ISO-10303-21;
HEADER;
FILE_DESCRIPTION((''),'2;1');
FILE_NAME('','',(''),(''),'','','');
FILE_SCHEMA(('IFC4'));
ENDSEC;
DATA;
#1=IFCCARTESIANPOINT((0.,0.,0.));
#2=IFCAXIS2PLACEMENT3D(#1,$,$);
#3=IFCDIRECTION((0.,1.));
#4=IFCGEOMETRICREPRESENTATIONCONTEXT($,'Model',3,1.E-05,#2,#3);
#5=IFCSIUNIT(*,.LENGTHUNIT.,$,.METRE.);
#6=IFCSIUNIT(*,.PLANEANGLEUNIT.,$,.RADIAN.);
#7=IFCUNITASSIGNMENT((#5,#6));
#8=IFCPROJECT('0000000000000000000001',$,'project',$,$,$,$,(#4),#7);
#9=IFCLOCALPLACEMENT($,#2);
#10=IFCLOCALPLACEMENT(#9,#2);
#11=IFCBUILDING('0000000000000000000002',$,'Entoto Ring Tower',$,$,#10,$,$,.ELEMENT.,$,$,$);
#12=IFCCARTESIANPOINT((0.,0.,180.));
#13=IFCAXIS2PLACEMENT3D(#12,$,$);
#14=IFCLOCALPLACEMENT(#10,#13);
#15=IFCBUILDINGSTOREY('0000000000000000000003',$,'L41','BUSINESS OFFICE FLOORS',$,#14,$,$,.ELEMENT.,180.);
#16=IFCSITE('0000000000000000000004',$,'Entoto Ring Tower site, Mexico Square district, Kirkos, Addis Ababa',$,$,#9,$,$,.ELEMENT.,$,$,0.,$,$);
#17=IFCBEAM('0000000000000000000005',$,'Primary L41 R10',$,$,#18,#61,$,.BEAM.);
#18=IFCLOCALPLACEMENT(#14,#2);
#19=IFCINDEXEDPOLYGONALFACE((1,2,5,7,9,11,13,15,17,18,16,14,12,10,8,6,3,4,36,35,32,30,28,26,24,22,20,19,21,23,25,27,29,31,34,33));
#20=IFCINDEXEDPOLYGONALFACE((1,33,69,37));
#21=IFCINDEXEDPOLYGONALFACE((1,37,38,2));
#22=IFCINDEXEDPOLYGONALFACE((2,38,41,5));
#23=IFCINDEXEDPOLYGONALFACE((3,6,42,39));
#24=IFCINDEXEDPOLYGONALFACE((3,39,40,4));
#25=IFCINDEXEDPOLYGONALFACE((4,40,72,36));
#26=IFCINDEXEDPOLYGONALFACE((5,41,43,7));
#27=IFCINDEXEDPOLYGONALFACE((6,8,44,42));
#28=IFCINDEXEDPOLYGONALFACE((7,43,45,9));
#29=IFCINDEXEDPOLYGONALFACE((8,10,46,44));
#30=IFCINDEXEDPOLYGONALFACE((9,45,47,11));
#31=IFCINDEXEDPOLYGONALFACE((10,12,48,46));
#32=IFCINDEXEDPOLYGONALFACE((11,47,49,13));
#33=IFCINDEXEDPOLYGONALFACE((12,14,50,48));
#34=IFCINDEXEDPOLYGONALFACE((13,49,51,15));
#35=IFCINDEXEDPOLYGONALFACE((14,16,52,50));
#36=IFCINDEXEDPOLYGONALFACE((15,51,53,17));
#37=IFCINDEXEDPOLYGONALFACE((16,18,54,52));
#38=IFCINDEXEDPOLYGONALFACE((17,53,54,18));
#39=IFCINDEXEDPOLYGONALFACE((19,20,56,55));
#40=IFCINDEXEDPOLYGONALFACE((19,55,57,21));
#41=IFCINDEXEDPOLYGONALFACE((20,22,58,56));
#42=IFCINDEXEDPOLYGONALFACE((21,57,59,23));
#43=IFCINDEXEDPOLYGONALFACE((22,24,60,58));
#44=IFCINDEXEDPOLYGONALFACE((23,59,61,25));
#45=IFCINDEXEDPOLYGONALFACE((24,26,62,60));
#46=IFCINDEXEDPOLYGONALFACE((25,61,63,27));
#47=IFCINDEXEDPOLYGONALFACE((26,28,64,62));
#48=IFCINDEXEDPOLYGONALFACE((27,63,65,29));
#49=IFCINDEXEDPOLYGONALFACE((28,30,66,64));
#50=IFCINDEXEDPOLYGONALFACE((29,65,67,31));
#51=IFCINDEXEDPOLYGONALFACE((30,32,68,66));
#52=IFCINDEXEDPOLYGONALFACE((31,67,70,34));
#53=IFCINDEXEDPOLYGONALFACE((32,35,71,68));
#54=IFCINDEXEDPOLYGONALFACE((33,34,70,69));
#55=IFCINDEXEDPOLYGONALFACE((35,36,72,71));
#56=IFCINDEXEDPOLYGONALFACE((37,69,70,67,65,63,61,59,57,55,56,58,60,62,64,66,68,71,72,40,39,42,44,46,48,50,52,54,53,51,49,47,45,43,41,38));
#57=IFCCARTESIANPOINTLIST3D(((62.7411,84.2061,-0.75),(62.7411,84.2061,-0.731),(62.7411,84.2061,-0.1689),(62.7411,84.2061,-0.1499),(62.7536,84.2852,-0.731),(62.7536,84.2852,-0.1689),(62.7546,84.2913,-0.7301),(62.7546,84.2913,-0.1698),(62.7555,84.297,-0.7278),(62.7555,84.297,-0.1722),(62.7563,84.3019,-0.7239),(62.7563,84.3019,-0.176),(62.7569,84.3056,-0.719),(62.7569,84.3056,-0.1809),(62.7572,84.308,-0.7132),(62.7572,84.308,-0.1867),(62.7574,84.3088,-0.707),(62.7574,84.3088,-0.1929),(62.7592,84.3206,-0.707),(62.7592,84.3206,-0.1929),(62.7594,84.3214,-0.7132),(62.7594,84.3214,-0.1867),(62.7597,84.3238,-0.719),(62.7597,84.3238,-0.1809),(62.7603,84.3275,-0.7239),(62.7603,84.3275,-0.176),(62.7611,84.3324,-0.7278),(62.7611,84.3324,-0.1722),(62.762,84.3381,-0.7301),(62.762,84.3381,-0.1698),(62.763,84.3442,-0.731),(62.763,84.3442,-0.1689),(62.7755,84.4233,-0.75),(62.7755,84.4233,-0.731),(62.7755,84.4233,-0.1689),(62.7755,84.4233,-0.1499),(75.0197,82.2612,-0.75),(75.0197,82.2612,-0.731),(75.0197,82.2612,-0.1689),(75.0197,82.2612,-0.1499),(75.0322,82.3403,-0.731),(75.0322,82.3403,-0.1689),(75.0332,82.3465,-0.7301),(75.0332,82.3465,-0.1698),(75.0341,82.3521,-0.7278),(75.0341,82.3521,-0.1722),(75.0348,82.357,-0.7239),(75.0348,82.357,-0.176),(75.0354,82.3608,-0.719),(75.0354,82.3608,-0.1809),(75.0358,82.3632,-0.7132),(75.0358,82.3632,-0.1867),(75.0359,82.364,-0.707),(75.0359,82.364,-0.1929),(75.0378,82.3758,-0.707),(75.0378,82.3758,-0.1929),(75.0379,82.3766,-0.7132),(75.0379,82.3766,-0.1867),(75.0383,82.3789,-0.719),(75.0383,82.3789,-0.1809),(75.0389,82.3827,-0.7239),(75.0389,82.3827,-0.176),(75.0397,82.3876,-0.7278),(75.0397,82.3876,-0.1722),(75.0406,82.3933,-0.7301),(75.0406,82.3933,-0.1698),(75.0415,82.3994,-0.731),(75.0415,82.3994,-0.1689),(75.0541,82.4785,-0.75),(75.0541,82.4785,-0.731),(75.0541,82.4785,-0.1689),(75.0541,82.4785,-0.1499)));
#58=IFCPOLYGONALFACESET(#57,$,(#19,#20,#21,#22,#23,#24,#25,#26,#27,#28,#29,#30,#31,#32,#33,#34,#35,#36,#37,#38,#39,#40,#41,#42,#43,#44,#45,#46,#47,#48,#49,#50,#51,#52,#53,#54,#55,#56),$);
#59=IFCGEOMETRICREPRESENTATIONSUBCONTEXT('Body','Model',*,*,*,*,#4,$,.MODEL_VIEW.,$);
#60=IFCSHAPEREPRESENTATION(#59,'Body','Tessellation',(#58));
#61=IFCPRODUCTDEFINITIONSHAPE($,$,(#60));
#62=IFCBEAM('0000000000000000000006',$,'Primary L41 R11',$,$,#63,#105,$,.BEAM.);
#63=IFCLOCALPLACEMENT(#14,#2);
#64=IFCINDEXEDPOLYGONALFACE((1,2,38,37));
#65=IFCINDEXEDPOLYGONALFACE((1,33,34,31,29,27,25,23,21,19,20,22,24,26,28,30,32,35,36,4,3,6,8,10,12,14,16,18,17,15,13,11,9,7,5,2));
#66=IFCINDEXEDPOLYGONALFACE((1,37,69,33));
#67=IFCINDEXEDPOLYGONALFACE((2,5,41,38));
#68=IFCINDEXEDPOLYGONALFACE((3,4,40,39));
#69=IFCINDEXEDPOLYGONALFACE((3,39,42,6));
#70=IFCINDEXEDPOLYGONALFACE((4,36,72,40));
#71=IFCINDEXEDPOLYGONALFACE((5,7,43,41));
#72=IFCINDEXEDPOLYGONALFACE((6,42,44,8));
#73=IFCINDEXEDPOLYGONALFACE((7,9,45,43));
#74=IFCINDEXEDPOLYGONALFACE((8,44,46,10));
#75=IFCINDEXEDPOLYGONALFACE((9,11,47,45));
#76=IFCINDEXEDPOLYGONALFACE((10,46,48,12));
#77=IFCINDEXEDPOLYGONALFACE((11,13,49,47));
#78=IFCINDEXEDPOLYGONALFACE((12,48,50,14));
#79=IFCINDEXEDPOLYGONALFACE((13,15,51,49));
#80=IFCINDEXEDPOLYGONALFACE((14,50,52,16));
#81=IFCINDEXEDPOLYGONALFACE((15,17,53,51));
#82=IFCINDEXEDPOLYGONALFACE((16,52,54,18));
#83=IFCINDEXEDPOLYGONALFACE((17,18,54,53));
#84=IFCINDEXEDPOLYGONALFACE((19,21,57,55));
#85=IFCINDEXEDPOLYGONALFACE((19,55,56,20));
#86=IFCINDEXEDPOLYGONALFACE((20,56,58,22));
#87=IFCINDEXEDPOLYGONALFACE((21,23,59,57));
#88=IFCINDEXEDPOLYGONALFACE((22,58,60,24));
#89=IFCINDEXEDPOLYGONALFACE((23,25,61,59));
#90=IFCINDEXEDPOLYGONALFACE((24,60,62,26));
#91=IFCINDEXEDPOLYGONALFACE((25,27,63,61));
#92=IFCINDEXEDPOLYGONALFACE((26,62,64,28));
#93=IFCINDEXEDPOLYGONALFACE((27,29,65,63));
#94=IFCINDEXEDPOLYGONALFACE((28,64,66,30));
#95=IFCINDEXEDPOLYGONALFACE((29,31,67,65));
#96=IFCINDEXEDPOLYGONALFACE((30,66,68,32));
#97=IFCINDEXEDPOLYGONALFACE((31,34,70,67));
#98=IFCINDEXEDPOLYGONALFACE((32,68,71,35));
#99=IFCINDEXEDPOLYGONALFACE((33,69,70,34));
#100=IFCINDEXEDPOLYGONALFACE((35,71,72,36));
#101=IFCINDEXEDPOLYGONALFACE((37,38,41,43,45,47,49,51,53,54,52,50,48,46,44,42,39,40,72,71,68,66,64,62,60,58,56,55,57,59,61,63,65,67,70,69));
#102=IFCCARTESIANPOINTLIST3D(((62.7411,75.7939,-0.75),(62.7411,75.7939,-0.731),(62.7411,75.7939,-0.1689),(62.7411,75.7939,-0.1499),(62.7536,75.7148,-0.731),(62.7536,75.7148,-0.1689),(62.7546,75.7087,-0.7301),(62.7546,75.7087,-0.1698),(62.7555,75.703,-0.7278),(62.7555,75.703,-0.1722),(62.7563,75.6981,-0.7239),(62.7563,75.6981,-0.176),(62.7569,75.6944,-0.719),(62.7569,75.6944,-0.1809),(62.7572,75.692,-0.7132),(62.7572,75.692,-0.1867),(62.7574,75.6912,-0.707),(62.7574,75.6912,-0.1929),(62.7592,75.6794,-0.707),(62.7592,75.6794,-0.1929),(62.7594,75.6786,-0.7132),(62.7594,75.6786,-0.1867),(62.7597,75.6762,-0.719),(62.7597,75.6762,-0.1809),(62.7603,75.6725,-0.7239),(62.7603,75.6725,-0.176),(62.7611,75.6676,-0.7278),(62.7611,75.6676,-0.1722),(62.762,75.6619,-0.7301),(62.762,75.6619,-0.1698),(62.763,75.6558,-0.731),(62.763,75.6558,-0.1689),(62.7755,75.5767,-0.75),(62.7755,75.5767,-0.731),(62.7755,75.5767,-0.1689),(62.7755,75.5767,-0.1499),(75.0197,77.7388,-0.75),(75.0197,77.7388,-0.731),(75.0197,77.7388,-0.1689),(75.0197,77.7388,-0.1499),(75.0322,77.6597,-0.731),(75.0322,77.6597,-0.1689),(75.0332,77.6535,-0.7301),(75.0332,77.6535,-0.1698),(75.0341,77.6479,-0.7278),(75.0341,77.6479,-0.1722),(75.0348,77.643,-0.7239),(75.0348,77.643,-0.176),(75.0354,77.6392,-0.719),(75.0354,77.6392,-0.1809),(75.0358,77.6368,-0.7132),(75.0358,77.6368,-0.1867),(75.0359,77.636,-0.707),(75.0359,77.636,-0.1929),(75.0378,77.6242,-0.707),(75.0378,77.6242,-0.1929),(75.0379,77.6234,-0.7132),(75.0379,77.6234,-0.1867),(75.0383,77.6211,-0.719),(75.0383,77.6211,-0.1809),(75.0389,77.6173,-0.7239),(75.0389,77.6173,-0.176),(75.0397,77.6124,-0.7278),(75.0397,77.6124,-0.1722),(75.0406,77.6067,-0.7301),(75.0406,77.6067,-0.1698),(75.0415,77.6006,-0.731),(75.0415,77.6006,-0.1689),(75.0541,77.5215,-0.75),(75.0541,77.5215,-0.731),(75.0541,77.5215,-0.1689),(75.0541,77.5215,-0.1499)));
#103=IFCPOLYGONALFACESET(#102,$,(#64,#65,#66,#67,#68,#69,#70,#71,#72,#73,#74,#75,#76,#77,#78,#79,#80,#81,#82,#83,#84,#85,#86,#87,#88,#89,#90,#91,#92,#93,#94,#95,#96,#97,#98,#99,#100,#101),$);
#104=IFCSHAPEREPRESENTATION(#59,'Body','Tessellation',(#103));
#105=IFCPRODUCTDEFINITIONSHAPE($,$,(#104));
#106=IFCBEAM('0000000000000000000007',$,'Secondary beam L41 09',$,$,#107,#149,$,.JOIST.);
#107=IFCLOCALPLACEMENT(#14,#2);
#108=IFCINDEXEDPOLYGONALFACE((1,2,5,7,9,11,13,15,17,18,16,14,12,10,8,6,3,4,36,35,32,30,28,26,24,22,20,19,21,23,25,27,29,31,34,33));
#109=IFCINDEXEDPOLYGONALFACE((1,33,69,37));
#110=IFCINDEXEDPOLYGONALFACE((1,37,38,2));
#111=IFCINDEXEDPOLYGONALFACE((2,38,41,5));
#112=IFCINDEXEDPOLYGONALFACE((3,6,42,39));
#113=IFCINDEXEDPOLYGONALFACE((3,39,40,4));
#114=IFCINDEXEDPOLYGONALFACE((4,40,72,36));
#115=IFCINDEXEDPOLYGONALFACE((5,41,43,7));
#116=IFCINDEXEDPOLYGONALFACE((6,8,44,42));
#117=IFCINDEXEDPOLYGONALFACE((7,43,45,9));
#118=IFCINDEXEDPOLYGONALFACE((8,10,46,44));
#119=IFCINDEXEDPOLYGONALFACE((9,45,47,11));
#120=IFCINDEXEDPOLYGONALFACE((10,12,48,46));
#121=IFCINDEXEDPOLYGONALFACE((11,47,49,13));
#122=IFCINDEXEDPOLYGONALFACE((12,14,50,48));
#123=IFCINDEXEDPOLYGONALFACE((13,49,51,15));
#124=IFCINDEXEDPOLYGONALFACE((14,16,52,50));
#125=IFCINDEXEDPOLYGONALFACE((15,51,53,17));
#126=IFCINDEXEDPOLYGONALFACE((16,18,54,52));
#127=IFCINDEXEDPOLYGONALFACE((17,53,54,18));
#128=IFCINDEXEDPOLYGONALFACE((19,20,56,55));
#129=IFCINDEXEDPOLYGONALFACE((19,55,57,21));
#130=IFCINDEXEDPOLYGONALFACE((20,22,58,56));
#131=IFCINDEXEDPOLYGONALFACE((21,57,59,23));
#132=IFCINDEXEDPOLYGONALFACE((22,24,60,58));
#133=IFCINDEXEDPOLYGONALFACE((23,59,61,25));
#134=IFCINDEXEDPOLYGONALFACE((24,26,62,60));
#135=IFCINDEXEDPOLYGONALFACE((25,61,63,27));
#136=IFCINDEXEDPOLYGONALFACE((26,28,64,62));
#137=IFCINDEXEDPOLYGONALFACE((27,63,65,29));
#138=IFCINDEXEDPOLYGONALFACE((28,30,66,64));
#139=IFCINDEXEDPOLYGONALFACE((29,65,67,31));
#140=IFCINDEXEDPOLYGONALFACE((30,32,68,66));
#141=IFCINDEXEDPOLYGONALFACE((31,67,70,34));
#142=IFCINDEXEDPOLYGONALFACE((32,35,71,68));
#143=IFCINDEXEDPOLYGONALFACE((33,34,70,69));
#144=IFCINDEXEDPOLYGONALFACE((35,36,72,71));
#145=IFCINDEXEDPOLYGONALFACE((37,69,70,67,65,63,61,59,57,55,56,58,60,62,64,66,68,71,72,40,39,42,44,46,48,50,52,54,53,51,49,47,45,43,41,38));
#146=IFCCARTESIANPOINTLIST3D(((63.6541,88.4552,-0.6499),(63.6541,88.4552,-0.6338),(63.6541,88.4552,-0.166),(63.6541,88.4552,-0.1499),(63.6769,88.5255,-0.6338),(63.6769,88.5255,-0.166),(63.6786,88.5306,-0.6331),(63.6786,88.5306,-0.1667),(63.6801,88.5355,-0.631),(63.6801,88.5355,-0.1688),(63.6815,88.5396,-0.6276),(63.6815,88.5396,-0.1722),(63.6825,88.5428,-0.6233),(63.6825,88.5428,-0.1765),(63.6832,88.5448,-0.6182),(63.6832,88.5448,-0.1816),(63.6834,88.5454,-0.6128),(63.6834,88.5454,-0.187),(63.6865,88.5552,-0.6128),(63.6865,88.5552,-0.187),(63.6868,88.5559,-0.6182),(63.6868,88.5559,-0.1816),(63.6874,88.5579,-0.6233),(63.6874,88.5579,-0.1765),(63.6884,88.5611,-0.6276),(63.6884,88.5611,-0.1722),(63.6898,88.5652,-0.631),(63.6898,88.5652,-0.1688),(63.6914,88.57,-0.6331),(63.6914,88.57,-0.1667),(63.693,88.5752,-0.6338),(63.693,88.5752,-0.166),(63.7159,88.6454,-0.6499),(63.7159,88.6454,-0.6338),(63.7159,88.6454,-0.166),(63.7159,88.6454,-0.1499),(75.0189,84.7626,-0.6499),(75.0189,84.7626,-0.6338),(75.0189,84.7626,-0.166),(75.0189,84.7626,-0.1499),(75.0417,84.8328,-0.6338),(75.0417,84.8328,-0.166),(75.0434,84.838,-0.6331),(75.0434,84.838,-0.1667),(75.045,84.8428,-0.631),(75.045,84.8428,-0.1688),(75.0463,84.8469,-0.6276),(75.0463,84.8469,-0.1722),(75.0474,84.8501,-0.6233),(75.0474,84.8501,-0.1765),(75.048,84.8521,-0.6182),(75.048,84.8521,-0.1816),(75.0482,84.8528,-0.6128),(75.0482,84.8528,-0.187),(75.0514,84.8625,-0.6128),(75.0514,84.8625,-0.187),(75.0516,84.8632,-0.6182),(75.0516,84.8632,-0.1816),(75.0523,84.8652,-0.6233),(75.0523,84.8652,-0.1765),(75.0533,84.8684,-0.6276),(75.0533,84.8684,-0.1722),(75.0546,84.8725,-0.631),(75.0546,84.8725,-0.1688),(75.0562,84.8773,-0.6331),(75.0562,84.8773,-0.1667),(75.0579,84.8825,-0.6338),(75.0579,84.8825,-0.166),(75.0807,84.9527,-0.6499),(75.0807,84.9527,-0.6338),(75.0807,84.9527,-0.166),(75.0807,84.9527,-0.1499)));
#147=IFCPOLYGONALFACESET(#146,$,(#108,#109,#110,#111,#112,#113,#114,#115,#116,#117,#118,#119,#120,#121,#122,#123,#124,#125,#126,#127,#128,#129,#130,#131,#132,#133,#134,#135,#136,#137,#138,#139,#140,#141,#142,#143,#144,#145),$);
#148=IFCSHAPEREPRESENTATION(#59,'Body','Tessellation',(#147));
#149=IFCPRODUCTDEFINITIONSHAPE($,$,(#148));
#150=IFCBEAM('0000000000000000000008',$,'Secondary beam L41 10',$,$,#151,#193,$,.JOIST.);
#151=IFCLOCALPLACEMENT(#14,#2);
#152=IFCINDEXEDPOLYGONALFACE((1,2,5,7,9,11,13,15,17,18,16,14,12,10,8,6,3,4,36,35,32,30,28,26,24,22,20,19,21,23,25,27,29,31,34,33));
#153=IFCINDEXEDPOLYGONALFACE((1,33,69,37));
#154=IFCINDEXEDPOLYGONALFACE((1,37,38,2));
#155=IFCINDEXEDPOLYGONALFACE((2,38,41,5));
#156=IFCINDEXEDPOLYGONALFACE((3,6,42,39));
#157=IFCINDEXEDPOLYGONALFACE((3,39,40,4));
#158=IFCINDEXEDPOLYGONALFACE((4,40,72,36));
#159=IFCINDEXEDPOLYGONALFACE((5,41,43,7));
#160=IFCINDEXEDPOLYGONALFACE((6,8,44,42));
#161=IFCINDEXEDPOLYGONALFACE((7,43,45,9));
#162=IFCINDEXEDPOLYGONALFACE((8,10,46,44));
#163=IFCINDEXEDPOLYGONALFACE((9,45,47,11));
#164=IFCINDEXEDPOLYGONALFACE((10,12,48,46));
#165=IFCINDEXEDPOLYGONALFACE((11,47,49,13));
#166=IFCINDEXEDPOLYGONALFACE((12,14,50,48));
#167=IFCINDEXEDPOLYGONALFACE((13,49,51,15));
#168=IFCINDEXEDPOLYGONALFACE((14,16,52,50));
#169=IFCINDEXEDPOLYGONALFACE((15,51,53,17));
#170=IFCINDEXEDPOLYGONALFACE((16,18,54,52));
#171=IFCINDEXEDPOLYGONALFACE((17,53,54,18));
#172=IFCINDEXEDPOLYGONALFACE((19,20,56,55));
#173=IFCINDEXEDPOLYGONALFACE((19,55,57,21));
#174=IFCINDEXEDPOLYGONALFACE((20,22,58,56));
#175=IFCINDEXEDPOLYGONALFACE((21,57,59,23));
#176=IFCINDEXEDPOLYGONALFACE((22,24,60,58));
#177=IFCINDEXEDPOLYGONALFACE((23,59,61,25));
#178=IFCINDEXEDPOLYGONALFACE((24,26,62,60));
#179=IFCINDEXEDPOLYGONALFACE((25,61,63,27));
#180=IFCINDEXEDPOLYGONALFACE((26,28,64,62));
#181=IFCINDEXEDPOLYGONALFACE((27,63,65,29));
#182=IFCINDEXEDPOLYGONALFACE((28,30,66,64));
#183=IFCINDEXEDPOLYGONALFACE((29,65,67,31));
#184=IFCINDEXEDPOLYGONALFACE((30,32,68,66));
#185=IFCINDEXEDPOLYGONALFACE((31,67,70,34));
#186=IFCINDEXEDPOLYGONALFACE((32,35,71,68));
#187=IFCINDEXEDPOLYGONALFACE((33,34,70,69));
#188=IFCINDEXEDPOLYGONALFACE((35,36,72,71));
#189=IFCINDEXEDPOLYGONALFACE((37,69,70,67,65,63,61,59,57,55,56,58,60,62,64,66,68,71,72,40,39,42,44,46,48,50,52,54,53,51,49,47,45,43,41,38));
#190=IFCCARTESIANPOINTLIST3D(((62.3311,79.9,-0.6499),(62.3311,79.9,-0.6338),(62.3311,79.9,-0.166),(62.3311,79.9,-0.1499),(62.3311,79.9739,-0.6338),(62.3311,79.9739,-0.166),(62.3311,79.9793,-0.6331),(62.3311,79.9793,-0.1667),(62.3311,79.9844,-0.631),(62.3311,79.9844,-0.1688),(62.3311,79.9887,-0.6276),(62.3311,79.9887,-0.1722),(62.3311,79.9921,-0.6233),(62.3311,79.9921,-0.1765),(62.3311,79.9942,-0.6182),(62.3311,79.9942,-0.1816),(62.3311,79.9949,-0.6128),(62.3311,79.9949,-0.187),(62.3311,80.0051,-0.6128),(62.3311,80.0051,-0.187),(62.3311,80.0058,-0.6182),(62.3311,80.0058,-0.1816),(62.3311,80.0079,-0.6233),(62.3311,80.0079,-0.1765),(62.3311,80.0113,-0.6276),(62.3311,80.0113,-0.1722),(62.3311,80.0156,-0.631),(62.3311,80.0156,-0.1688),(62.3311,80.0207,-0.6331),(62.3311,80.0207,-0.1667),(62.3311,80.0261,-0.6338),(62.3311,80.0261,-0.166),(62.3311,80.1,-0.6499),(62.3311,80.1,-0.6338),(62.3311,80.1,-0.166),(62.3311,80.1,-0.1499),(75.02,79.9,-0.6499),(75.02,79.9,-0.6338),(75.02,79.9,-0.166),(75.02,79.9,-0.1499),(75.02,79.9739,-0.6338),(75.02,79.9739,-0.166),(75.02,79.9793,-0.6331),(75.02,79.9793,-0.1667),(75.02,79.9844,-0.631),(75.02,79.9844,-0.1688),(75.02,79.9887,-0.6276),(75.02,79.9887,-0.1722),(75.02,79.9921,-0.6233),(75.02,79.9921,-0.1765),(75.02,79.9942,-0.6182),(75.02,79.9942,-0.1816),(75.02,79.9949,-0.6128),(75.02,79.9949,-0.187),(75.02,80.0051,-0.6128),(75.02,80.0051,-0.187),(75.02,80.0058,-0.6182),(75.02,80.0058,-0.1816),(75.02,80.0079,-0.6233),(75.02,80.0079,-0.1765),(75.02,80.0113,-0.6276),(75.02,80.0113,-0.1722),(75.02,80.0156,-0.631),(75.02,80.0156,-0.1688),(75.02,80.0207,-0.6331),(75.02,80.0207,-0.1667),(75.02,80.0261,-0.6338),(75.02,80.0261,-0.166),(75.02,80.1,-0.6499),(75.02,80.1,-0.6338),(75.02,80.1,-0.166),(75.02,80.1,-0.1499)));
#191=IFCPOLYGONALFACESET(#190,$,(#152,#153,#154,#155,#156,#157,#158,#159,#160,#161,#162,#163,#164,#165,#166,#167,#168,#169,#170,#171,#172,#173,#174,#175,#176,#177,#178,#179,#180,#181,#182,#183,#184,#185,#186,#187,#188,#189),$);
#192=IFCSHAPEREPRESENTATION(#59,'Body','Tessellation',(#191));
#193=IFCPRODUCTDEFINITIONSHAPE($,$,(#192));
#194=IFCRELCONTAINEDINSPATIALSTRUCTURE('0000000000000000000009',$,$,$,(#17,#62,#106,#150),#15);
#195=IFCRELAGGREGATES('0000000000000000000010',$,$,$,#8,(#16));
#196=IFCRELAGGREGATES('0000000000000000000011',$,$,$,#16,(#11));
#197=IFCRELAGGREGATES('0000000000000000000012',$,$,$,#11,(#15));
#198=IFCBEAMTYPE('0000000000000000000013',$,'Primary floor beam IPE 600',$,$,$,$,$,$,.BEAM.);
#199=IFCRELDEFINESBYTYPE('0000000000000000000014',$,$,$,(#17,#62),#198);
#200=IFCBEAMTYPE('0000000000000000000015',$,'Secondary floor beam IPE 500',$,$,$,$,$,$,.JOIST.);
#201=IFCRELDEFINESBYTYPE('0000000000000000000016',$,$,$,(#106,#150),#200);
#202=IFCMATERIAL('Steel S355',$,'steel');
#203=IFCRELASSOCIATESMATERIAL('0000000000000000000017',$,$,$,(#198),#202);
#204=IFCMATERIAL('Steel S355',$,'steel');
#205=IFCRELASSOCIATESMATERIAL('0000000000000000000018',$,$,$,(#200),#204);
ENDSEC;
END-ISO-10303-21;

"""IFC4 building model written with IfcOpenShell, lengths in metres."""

from ifc_helpers import new_model, si_unit, direction, frame, origin, origin_2d, place, context, subcontext, project, spatial, i_section, extrude, material, material_profile, profile_set, type_object, element, save


model = new_model("IFC4")

# Units and contexts
model_context = context("Model", 3, precision=1e-05, world=origin(), true_north=direction((0.0, 1.0)))
body_context = subcontext(model_context, "Body", "Model", "MODEL_VIEW")
ifc_project = project(units=[si_unit("LENGTHUNIT", "METRE"), si_unit("PLANEANGLEUNIT", "RADIAN")], contexts=[model_context])

# Site, building, storey
site_placement = place(None, origin())
site = spatial("IfcSite", under=ifc_project, at=site_placement, Name="Entoto Ring Tower site, Mexico Square district, Kirkos, Addis Ababa", CompositionType="ELEMENT", RefElevation=0.0)
building_placement = place(site_placement, origin())
building = spatial("IfcBuilding", under=site, at=building_placement, Name="Entoto Ring Tower", CompositionType="ELEMENT")
storey_placement = place(building_placement, frame((0.0, 0.0, 180.0)))
storey = spatial("IfcBuildingStorey", under=building, at=storey_placement, Name="L41", Description="BUSINESS OFFICE FLOORS", CompositionType="ELEMENT", Elevation=180.0)

# Beams
ifc_material_1 = material(Name="Steel S355", Category="steel")
ifc_material_profile_1 = material_profile(ifc_material_1, i_section(OverallWidth=0.22, OverallDepth=0.6001, WebThickness=0.012, FlangeThickness=0.019, FilletRadius=0.0239, at=origin_2d()), Name="IPE 600")
ifc_profile_set_1 = profile_set([ifc_material_profile_1], Name="Steel S355")
beam_type_1 = type_object("IfcBeamType", Name="Primary floor beam IPE 600", PredefinedType="BEAM", material=ifc_profile_set_1)
for number, where, z_axis, x_axis, name in (
    (1, (75.0369, 82.3699, -0.45), (-0.987687, 0.156442, 0.0), (-0.156442, -0.987687, 0.0), "Primary L41 R10"),
    (2, (75.0369, 77.6301, -0.45), (-0.987687, -0.156442, 0.0), (0.156442, -0.987687, 0.0), "Primary L41 R11"),
):
    element("IfcBeam", number, at=place(storey_placement, frame(where, z_axis=z_axis, x_axis=x_axis)), inside=storey, type_object=beam_type_1, Name=name, PredefinedType="BEAM", context=body_context, shape_type="SweptSolid", body=[
        extrude(i_section(OverallWidth=0.22, OverallDepth=0.6001, WebThickness=0.012, FlangeThickness=0.019, FilletRadius=0.0239, at=origin_2d()), origin(), (0.0, 0.0, 1.0), 12.4316),
    ])
ifc_material_2 = material(Name="Steel S355", Category="steel")
ifc_material_profile_2 = material_profile(ifc_material_2, i_section(OverallWidth=0.2, OverallDepth=0.5, WebThickness=0.0103, FlangeThickness=0.0161, FilletRadius=0.021, at=origin_2d()), Name="IPE 500")
ifc_profile_set_2 = profile_set([ifc_material_profile_2], Name="Steel S355")
beam_type_2 = type_object("IfcBeamType", Name="Secondary floor beam IPE 500", PredefinedType="JOIST", material=ifc_profile_set_2)
beam_1_placement = place(storey_placement, frame((75.0498, 84.8577, -0.3999), z_axis=(-0.951057, 0.309017, 0.0), x_axis=(-0.309017, -0.951057, 0.0)))
element("IfcBeam", 3, at=beam_1_placement, inside=storey, type_object=beam_type_2, Name="Secondary beam L41 09", PredefinedType="JOIST", context=body_context, shape_type="SweptSolid", body=[
    extrude(i_section(OverallWidth=0.2, OverallDepth=0.5, WebThickness=0.0103, FlangeThickness=0.0161, FilletRadius=0.021, at=origin_2d()), origin(), (0.0, 0.0, 1.0), 11.9497),
])
beam_2_placement = place(storey_placement, frame((75.02, 80.0, -0.3999), z_axis=(-1.0, 0.0, 0.0), x_axis=(0.0, -1.0, 0.0)))
element("IfcBeam", 4, at=beam_2_placement, inside=storey, type_object=beam_type_2, Name="Secondary beam L41 10", PredefinedType="JOIST", context=body_context, shape_type="SweptSolid", body=[
    extrude(i_section(OverallWidth=0.2, OverallDepth=0.5, WebThickness=0.0103, FlangeThickness=0.0161, FilletRadius=0.021, at=origin_2d()), origin(), (0.0, 0.0, 1.0), 12.689),
])

save(model, "model.ifc")
